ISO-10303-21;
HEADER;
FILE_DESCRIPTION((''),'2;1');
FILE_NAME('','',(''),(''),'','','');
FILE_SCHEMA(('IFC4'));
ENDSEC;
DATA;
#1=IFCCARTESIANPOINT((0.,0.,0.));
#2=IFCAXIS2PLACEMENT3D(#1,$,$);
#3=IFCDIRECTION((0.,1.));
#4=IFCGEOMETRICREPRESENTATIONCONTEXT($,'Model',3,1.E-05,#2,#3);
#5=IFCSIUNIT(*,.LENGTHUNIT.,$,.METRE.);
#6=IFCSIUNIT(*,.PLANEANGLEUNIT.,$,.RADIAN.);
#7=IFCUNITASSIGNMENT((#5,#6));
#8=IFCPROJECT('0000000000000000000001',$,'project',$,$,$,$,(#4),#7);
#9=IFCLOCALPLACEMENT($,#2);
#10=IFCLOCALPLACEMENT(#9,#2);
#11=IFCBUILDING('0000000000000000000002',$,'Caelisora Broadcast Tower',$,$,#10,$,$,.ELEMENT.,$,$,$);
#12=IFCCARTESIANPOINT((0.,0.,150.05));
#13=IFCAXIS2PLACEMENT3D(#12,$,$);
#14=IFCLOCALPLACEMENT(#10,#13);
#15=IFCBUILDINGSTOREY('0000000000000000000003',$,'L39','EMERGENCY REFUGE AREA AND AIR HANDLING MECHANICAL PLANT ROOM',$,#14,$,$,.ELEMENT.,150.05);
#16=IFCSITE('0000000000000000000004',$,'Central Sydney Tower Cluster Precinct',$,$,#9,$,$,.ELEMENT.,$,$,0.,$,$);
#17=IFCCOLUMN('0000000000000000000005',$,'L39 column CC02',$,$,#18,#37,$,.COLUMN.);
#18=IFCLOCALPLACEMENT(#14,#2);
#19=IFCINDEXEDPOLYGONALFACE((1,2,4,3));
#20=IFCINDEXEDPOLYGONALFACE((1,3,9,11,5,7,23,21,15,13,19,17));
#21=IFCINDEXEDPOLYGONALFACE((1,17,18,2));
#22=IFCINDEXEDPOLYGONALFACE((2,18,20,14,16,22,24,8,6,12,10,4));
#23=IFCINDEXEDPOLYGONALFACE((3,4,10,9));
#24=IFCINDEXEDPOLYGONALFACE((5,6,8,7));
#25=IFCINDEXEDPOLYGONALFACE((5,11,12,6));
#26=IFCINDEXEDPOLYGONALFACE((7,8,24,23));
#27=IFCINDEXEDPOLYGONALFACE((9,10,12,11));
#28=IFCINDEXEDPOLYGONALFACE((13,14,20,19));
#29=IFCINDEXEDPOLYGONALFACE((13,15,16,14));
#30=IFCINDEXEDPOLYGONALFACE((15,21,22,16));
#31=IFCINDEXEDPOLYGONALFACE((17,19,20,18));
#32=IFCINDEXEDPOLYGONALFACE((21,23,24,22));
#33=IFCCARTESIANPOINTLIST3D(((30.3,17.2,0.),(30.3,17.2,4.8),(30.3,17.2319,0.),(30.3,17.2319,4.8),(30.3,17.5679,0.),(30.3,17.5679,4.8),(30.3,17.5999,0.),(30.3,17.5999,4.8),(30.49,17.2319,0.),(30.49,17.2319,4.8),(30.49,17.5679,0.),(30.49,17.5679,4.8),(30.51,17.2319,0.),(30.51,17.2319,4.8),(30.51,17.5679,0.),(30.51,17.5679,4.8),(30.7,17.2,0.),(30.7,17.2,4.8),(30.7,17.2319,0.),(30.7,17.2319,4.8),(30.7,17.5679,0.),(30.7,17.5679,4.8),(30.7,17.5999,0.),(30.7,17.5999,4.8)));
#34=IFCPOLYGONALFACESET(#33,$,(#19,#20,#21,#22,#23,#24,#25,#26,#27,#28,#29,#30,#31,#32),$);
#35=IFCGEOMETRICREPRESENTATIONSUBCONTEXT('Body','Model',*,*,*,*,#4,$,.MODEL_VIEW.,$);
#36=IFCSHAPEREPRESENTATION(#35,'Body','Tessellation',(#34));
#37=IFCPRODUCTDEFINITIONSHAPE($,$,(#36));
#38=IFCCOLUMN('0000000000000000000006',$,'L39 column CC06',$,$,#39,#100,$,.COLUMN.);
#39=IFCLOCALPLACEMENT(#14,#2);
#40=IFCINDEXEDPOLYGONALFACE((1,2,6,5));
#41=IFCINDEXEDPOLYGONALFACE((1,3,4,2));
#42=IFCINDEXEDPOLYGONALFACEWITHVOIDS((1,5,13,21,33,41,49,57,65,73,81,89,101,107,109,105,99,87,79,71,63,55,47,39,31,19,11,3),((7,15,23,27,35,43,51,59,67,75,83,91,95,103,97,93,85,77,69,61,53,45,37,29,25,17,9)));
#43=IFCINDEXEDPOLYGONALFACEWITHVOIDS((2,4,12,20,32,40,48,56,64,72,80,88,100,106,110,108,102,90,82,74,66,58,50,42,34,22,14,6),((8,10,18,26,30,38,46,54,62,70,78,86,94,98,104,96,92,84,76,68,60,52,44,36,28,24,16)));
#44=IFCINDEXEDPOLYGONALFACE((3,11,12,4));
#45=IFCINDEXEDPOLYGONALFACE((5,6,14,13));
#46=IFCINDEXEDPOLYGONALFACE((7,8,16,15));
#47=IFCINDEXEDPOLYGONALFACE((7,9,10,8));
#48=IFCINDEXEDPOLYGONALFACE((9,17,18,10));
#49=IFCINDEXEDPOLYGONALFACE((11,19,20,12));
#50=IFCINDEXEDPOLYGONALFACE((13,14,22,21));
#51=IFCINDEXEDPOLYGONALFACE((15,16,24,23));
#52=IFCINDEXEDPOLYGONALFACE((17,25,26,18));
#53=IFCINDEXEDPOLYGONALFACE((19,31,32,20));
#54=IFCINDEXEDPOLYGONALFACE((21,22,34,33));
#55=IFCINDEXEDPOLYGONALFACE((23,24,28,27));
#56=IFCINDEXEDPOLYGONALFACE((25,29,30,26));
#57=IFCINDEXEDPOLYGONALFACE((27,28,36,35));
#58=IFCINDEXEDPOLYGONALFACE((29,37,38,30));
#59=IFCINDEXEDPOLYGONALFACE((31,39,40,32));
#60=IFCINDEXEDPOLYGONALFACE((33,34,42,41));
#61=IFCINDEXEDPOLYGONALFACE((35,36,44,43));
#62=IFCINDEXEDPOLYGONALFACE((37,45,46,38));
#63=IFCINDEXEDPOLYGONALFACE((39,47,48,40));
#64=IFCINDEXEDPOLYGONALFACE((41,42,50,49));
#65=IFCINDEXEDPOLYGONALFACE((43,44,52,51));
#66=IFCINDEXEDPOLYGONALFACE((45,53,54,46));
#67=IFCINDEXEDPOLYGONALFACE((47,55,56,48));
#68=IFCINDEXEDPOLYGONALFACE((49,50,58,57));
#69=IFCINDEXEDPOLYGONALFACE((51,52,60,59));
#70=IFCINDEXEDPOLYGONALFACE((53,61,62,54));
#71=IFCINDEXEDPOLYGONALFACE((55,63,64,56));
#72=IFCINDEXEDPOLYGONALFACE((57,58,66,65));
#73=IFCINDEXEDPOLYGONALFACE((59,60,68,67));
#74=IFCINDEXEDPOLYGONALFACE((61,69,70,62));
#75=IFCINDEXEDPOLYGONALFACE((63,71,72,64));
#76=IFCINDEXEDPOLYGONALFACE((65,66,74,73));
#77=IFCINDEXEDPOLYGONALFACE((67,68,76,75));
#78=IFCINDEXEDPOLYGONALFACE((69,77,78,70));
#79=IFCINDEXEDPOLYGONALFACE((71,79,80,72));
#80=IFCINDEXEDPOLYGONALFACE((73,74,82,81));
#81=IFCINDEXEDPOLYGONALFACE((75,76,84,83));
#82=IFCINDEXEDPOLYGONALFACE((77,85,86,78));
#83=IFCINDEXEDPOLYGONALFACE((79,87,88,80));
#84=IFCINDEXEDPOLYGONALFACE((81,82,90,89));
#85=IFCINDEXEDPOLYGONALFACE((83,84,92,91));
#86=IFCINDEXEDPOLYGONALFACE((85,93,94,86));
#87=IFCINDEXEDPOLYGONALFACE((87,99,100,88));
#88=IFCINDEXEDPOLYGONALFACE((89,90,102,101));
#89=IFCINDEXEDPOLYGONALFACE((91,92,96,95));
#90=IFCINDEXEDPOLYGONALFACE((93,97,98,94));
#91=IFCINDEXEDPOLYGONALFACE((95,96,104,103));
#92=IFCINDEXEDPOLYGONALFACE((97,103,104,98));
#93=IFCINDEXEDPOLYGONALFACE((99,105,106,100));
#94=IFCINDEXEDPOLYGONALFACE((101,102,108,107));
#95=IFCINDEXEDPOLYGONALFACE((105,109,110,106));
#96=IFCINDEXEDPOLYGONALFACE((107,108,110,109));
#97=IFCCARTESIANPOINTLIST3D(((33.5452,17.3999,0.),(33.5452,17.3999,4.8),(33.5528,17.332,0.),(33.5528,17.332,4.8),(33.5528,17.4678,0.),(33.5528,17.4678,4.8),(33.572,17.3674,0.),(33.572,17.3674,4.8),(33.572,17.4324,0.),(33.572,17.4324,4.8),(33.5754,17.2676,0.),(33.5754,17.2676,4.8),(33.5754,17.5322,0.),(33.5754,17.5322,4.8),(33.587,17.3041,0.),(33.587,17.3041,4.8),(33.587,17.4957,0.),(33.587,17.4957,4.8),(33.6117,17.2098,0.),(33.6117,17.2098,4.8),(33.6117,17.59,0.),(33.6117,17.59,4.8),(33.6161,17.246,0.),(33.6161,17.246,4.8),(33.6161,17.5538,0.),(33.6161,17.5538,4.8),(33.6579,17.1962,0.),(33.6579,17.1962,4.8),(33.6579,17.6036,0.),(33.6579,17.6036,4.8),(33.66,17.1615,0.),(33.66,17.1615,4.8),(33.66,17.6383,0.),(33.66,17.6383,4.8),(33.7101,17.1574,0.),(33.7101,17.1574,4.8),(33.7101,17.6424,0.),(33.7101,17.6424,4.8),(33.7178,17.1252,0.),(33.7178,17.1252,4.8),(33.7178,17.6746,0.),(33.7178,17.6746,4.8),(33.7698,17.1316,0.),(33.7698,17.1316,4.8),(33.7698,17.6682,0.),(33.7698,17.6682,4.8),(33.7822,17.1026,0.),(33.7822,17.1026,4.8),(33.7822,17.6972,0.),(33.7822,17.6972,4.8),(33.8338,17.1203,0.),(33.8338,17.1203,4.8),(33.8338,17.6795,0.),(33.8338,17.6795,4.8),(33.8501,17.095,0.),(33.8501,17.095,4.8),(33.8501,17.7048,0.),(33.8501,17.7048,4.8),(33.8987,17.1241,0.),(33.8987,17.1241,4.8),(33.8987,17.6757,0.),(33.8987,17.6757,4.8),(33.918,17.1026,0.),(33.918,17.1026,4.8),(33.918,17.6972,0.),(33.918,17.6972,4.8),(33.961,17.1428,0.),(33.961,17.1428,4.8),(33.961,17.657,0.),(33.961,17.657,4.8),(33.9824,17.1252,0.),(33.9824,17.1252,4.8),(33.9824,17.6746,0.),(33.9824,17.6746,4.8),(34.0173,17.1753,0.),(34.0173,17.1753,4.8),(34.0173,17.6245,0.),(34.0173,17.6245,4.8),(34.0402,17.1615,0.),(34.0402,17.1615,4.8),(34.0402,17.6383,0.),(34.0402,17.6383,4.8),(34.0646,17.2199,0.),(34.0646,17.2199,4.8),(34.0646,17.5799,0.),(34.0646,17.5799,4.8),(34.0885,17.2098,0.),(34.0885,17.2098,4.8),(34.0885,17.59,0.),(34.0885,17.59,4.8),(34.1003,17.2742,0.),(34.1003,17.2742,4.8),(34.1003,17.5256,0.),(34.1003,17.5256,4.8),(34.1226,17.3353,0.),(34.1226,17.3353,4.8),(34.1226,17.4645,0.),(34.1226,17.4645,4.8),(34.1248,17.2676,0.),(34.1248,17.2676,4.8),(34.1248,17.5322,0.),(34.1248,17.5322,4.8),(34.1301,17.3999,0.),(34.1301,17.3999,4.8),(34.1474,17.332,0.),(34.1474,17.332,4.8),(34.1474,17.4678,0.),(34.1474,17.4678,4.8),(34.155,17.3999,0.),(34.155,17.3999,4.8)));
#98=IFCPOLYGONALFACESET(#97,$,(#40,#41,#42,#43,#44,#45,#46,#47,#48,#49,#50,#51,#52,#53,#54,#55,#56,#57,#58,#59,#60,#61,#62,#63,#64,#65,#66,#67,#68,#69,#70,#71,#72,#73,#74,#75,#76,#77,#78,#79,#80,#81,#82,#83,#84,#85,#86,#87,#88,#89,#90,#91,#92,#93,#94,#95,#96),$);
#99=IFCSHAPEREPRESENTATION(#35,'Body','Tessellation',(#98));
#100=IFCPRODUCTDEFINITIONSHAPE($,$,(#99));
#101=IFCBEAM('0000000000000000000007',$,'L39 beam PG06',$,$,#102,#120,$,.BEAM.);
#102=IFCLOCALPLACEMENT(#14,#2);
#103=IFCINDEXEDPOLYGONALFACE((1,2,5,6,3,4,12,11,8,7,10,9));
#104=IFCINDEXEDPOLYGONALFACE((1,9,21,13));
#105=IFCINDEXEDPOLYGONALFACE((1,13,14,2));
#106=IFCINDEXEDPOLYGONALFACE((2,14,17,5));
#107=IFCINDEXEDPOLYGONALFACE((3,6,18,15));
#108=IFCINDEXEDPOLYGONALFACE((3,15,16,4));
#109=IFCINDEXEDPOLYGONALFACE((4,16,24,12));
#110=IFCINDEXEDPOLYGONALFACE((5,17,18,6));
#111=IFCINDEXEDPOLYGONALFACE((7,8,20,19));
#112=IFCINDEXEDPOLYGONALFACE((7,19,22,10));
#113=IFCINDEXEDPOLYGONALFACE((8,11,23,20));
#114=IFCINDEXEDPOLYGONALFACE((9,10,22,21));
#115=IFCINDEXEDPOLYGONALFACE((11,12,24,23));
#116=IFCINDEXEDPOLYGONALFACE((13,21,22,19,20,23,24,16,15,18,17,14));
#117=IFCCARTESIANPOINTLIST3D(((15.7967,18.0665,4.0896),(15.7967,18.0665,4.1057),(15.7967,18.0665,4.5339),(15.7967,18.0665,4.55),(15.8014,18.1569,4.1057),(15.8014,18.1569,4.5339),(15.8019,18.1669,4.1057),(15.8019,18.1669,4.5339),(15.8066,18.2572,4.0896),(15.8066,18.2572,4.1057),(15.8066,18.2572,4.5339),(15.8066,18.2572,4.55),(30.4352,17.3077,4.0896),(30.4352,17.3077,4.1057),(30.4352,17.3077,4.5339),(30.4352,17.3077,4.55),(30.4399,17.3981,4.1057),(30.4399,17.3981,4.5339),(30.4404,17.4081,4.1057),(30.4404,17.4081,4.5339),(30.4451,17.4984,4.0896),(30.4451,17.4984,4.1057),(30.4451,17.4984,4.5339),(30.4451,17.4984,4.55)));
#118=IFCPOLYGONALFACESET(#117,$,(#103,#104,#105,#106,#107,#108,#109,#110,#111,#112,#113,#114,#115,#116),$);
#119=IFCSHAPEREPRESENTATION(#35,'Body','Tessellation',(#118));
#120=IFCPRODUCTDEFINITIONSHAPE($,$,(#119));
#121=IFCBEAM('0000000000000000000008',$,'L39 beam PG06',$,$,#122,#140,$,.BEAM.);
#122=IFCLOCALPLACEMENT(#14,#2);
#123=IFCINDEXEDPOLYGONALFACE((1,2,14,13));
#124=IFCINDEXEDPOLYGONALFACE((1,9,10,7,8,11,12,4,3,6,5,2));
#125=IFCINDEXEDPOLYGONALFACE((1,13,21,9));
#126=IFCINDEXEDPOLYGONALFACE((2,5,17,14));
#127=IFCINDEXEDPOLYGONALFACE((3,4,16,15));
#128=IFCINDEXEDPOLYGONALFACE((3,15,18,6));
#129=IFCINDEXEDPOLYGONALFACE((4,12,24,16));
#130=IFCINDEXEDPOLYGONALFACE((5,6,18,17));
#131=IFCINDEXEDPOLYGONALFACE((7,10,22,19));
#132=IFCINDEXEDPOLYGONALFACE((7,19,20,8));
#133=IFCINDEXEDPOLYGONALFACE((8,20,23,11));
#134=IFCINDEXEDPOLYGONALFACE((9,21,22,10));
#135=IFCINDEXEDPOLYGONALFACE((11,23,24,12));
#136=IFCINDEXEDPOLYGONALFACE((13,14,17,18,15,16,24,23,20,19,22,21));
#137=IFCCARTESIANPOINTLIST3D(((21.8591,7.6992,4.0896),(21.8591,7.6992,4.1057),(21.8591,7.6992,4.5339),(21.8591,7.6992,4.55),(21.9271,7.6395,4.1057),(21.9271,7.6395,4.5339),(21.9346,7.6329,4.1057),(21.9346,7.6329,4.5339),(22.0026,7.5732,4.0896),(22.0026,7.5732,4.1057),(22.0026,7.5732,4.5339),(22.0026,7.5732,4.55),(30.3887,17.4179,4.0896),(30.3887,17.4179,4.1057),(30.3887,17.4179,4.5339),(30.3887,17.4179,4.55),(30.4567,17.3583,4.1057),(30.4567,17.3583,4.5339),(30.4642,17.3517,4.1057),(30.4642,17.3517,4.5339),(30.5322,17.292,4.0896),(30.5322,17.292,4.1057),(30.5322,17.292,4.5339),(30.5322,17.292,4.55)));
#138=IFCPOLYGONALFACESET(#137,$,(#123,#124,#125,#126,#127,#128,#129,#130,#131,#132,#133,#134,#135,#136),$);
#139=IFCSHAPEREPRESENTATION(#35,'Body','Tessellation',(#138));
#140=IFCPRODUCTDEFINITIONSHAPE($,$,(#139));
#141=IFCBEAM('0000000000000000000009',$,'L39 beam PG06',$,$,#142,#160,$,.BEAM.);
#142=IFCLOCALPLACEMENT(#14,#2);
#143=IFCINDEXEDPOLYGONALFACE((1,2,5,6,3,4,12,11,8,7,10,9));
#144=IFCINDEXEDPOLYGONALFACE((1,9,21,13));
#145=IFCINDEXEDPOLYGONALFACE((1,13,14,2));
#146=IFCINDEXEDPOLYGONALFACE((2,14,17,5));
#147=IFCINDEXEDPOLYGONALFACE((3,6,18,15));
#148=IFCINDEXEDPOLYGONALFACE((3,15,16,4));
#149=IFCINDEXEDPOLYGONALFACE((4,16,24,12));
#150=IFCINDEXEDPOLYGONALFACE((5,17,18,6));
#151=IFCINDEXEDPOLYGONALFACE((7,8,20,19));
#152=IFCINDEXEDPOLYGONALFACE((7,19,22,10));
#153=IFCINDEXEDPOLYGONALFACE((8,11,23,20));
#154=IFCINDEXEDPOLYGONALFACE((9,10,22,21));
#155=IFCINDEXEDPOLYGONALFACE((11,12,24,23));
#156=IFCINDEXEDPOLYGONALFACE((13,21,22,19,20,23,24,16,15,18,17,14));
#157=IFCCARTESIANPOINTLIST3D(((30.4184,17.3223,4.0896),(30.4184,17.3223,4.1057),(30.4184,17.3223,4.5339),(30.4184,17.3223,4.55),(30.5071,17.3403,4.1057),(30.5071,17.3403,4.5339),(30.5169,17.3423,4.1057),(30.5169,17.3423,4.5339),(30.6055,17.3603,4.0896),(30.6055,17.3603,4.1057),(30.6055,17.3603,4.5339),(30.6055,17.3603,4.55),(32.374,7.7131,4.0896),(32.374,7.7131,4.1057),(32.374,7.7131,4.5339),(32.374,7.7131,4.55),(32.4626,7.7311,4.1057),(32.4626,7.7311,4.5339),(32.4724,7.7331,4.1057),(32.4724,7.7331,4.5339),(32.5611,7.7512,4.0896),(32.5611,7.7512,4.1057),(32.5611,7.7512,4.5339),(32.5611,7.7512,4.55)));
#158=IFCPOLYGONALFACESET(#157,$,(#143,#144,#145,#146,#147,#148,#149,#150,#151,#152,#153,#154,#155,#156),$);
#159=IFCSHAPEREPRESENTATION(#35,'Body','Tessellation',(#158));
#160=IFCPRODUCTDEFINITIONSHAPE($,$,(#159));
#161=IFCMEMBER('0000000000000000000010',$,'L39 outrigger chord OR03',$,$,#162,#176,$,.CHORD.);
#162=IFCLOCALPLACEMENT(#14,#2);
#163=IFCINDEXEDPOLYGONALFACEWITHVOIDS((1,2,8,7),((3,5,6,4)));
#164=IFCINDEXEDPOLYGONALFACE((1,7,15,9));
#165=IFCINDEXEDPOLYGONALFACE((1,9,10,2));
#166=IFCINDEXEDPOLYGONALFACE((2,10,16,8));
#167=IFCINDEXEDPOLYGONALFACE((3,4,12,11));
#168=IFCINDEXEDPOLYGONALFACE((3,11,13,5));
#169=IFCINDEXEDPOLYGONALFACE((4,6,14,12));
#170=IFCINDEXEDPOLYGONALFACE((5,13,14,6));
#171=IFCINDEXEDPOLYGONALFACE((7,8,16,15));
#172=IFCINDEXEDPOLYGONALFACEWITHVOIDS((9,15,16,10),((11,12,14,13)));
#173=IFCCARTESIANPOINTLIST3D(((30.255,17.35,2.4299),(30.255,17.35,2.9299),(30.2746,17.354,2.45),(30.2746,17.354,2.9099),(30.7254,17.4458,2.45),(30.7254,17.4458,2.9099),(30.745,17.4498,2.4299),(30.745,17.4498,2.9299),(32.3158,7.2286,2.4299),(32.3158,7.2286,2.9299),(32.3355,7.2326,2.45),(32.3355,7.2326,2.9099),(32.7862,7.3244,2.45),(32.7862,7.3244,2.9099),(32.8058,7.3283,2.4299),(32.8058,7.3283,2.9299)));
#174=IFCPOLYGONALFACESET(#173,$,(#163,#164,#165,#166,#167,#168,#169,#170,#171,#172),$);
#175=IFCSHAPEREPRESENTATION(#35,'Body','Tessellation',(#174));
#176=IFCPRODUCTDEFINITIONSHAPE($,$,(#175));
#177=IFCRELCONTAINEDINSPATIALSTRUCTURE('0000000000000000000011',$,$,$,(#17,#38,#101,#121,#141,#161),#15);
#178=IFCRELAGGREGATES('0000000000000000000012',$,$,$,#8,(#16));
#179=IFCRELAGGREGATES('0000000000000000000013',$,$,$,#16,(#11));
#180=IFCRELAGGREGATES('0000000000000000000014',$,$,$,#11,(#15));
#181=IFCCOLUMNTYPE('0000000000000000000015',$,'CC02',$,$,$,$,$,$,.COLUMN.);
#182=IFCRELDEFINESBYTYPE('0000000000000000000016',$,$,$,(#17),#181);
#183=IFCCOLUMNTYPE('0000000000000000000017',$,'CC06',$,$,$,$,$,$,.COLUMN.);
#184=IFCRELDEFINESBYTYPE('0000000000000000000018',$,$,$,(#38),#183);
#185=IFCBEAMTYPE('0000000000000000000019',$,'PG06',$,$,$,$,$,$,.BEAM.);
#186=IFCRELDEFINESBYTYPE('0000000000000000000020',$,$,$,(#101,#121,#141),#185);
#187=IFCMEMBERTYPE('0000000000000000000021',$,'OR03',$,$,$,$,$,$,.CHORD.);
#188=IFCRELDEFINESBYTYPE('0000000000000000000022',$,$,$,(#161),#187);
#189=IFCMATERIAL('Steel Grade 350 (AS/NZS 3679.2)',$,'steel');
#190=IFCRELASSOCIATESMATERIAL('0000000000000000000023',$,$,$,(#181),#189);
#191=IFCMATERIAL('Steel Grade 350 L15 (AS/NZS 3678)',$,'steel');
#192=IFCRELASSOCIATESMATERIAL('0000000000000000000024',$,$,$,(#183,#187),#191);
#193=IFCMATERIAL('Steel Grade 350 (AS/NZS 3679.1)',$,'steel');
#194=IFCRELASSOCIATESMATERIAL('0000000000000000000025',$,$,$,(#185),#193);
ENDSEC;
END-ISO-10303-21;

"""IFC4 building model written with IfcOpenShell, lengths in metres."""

from ifc_helpers import new_model, si_unit, direction, frame, origin, origin_2d, place, context, subcontext, project, spatial, hollow_rectangle, hollow_circle, i_section, extrude, source, transform, mapped, material, material_profile, profile_set, type_object, type_shapes, element, save


model = new_model("IFC4")

# Units and contexts
model_context = context("Model", 3, precision=1e-05, world=origin(), true_north=direction((0.0, 1.0)))
body_context = subcontext(model_context, "Body", "Model", "MODEL_VIEW")
ifc_project = project(units=[si_unit("LENGTHUNIT", "METRE"), si_unit("PLANEANGLEUNIT", "RADIAN")], contexts=[model_context])

# Site, building, storey
site_placement = place(None, origin())
site = spatial("IfcSite", under=ifc_project, at=site_placement, Name="Central Sydney Tower Cluster Precinct", CompositionType="ELEMENT", RefElevation=0.0)
building_placement = place(site_placement, origin())
building = spatial("IfcBuilding", under=site, at=building_placement, Name="Caelisora Broadcast Tower", CompositionType="ELEMENT")
storey_placement = place(building_placement, frame((0.0, 0.0, 150.05)))
storey = spatial("IfcBuildingStorey", under=building, at=storey_placement, Name="L39", Description="EMERGENCY REFUGE AREA AND AIR HANDLING MECHANICAL PLANT ROOM", CompositionType="ELEMENT", Elevation=150.05)

# Columns
ifc_material_1 = material(Name="Steel Grade 350 (AS/NZS 3679.2)", Category="steel")
ifc_material_profile_1 = material_profile(ifc_material_1, i_section(OverallWidth=0.3999, OverallDepth=0.3999, WebThickness=0.02, FlangeThickness=0.032, at=origin_2d()), Name="Steel Grade 350 (AS/NZS 3679.2)")
ifc_profile_set_1 = profile_set([ifc_material_profile_1], Name="Steel Grade 350 (AS/NZS 3679.2)")
column_type_1 = type_object("IfcColumnType", Name="CC02", PredefinedType="COLUMN", material=ifc_profile_set_1)
shared_shape_1 = source(origin(), body_context, "Body", "SweptSolid", [
    extrude(i_section(OverallWidth=0.3999, OverallDepth=0.3999, WebThickness=0.02, FlangeThickness=0.032, at=origin_2d()), origin(), (0.0, 0.0, 1.0), 4.8),
])
type_shapes(column_type_1, [shared_shape_1])
column_1_placement = place(storey_placement, frame((30.5, 17.3999, 0.0), z_axis=(0.0, 0.0, 1.0), x_axis=(1.0, 0.0, 0.0)))
element("IfcColumn", 1, at=column_1_placement, inside=storey, type_object=column_type_1, Name="L39 column CC02", PredefinedType="COLUMN", context=body_context, shape_type="MappedRepresentation", body=[
    mapped(shared_shape_1, transform((0.0, 0.0, 0.0), scale=1.0)),
])
ifc_material_2 = material(Name="Steel Grade 350 L15 (AS/NZS 3678)", Category="steel")
ifc_material_profile_2 = material_profile(ifc_material_2, hollow_circle(Radius=0.3049, WallThickness=0.0249, at=origin_2d()), Name="Steel Grade 350 L15 (AS/NZS 3678)")
ifc_profile_set_2 = profile_set([ifc_material_profile_2], Name="Steel Grade 350 L15 (AS/NZS 3678)")
column_type_2 = type_object("IfcColumnType", Name="CC06", PredefinedType="COLUMN", material=ifc_profile_set_2)
shared_shape_2 = source(origin(), body_context, "Body", "SweptSolid", [
    extrude(hollow_circle(Radius=0.3049, WallThickness=0.0249, at=origin_2d()), origin(), (0.0, 0.0, 1.0), 4.8),
])
type_shapes(column_type_2, [shared_shape_2])
column_2_placement = place(storey_placement, frame((33.8501, 17.3999, 0.0), z_axis=(0.0, 0.0, 1.0), x_axis=(1.0, 0.0, 0.0)))
element("IfcColumn", 2, at=column_2_placement, inside=storey, type_object=column_type_2, Name="L39 column CC06", PredefinedType="COLUMN", context=body_context, shape_type="MappedRepresentation", body=[
    mapped(shared_shape_2, transform((0.0, 0.0, 0.0), scale=1.0)),
])

# Beams
ifc_material_3 = material(Name="Steel Grade 350 (AS/NZS 3679.1)", Category="steel")
ifc_material_profile_3 = material_profile(ifc_material_3, i_section(OverallWidth=0.1909, OverallDepth=0.4604, WebThickness=0.01, FlangeThickness=0.0161, at=origin_2d()), Name="Steel Grade 350 (AS/NZS 3679.1)")
ifc_profile_set_3 = profile_set([ifc_material_profile_3], Name="Steel Grade 350 (AS/NZS 3679.1)")
beam_type = type_object("IfcBeamType", Name="PG06", PredefinedType="BEAM", material=ifc_profile_set_3)
shared_shape_3 = source(origin(), body_context, "Body", "SweptSolid", [
    extrude(i_section(OverallWidth=0.1909, OverallDepth=0.4604, WebThickness=0.01, FlangeThickness=0.0161, at=origin_2d()), origin(), (0.0, 0.0, 1.0), 14.6582),
])
beam_1_placement = place(storey_placement, frame((30.4402, 17.4031, 4.3198), z_axis=(-0.998659, 0.051765, 0.0), x_axis=(-0.051765, -0.998659, 0.0)))
element("IfcBeam", 3, at=beam_1_placement, inside=storey, type_object=beam_type, Name="L39 beam PG06", PredefinedType="BEAM", context=body_context, shape_type="MappedRepresentation", body=[
    mapped(shared_shape_3, transform((0.0, 0.0, 0.0), scale=1.0)),
])
shared_shape_4 = source(origin(), body_context, "Body", "SweptSolid", [
    extrude(i_section(OverallWidth=0.1909, OverallDepth=0.4604, WebThickness=0.01, FlangeThickness=0.0161, at=origin_2d()), origin(), (0.0, 0.0, 1.0), 12.9309),
])
beam_2_placement = place(storey_placement, frame((30.4604, 17.355, 4.3198), z_axis=(-0.659627, -0.751593, 0.0), x_axis=(0.751593, -0.659627, 0.0)))
element("IfcBeam", 4, at=beam_2_placement, inside=storey, type_object=beam_type, Name="L39 beam PG06", PredefinedType="BEAM", context=body_context, shape_type="MappedRepresentation", body=[
    mapped(shared_shape_4, transform((0.0, 0.0, 0.0), scale=1.0)),
])
shared_shape_5 = source(origin(), body_context, "Body", "SweptSolid", [
    extrude(i_section(OverallWidth=0.1909, OverallDepth=0.4604, WebThickness=0.01, FlangeThickness=0.0161, at=origin_2d()), origin(), (0.0, 0.0, 1.0), 9.8062),
])
type_shapes(beam_type, [shared_shape_3, shared_shape_4, shared_shape_5])
beam_3_placement = place(storey_placement, frame((30.512, 17.3413, 4.3198), z_axis=(0.199423, -0.979913, 0.0), x_axis=(0.979913, 0.199423, 0.0)))
element("IfcBeam", 5, at=beam_3_placement, inside=storey, type_object=beam_type, Name="L39 beam PG06", PredefinedType="BEAM", context=body_context, shape_type="MappedRepresentation", body=[
    mapped(shared_shape_5, transform((0.0, 0.0, 0.0), scale=1.0)),
])

# Member
ifc_material_profile_4 = material_profile(ifc_material_2, hollow_rectangle(XDim=0.5, YDim=0.5, WallThickness=0.02, at=origin_2d()), Name="Steel Grade 350 L15 (AS/NZS 3678)")
ifc_profile_set_4 = profile_set([ifc_material_profile_4], Name="Steel Grade 350 L15 (AS/NZS 3678)")
member_type_1 = type_object("IfcMemberType", Name="OR03", PredefinedType="CHORD", material=ifc_profile_set_4)
shared_shape_6 = source(origin(), body_context, "Body", "SweptSolid", [
    extrude(hollow_rectangle(XDim=0.5, YDim=0.5, WallThickness=0.02, at=origin_2d()), origin(), (0.0, 0.0, 1.0), 10.3291),
])
member_1_placement = place(storey_placement, frame((30.5, 17.3999, 2.6799), z_axis=(0.199515, -0.979895, 0.0), x_axis=(0.979895, 0.199515, 0.0)))
element("IfcMember", 6, at=member_1_placement, inside=storey, type_object=member_type_1, Name="L39 outrigger chord OR03", PredefinedType="CHORD", context=body_context, shape_type="MappedRepresentation", body=[
    mapped(shared_shape_6, transform((0.0, 0.0, 0.0), scale=1.0)),
])

save(model, "model.ifc")
